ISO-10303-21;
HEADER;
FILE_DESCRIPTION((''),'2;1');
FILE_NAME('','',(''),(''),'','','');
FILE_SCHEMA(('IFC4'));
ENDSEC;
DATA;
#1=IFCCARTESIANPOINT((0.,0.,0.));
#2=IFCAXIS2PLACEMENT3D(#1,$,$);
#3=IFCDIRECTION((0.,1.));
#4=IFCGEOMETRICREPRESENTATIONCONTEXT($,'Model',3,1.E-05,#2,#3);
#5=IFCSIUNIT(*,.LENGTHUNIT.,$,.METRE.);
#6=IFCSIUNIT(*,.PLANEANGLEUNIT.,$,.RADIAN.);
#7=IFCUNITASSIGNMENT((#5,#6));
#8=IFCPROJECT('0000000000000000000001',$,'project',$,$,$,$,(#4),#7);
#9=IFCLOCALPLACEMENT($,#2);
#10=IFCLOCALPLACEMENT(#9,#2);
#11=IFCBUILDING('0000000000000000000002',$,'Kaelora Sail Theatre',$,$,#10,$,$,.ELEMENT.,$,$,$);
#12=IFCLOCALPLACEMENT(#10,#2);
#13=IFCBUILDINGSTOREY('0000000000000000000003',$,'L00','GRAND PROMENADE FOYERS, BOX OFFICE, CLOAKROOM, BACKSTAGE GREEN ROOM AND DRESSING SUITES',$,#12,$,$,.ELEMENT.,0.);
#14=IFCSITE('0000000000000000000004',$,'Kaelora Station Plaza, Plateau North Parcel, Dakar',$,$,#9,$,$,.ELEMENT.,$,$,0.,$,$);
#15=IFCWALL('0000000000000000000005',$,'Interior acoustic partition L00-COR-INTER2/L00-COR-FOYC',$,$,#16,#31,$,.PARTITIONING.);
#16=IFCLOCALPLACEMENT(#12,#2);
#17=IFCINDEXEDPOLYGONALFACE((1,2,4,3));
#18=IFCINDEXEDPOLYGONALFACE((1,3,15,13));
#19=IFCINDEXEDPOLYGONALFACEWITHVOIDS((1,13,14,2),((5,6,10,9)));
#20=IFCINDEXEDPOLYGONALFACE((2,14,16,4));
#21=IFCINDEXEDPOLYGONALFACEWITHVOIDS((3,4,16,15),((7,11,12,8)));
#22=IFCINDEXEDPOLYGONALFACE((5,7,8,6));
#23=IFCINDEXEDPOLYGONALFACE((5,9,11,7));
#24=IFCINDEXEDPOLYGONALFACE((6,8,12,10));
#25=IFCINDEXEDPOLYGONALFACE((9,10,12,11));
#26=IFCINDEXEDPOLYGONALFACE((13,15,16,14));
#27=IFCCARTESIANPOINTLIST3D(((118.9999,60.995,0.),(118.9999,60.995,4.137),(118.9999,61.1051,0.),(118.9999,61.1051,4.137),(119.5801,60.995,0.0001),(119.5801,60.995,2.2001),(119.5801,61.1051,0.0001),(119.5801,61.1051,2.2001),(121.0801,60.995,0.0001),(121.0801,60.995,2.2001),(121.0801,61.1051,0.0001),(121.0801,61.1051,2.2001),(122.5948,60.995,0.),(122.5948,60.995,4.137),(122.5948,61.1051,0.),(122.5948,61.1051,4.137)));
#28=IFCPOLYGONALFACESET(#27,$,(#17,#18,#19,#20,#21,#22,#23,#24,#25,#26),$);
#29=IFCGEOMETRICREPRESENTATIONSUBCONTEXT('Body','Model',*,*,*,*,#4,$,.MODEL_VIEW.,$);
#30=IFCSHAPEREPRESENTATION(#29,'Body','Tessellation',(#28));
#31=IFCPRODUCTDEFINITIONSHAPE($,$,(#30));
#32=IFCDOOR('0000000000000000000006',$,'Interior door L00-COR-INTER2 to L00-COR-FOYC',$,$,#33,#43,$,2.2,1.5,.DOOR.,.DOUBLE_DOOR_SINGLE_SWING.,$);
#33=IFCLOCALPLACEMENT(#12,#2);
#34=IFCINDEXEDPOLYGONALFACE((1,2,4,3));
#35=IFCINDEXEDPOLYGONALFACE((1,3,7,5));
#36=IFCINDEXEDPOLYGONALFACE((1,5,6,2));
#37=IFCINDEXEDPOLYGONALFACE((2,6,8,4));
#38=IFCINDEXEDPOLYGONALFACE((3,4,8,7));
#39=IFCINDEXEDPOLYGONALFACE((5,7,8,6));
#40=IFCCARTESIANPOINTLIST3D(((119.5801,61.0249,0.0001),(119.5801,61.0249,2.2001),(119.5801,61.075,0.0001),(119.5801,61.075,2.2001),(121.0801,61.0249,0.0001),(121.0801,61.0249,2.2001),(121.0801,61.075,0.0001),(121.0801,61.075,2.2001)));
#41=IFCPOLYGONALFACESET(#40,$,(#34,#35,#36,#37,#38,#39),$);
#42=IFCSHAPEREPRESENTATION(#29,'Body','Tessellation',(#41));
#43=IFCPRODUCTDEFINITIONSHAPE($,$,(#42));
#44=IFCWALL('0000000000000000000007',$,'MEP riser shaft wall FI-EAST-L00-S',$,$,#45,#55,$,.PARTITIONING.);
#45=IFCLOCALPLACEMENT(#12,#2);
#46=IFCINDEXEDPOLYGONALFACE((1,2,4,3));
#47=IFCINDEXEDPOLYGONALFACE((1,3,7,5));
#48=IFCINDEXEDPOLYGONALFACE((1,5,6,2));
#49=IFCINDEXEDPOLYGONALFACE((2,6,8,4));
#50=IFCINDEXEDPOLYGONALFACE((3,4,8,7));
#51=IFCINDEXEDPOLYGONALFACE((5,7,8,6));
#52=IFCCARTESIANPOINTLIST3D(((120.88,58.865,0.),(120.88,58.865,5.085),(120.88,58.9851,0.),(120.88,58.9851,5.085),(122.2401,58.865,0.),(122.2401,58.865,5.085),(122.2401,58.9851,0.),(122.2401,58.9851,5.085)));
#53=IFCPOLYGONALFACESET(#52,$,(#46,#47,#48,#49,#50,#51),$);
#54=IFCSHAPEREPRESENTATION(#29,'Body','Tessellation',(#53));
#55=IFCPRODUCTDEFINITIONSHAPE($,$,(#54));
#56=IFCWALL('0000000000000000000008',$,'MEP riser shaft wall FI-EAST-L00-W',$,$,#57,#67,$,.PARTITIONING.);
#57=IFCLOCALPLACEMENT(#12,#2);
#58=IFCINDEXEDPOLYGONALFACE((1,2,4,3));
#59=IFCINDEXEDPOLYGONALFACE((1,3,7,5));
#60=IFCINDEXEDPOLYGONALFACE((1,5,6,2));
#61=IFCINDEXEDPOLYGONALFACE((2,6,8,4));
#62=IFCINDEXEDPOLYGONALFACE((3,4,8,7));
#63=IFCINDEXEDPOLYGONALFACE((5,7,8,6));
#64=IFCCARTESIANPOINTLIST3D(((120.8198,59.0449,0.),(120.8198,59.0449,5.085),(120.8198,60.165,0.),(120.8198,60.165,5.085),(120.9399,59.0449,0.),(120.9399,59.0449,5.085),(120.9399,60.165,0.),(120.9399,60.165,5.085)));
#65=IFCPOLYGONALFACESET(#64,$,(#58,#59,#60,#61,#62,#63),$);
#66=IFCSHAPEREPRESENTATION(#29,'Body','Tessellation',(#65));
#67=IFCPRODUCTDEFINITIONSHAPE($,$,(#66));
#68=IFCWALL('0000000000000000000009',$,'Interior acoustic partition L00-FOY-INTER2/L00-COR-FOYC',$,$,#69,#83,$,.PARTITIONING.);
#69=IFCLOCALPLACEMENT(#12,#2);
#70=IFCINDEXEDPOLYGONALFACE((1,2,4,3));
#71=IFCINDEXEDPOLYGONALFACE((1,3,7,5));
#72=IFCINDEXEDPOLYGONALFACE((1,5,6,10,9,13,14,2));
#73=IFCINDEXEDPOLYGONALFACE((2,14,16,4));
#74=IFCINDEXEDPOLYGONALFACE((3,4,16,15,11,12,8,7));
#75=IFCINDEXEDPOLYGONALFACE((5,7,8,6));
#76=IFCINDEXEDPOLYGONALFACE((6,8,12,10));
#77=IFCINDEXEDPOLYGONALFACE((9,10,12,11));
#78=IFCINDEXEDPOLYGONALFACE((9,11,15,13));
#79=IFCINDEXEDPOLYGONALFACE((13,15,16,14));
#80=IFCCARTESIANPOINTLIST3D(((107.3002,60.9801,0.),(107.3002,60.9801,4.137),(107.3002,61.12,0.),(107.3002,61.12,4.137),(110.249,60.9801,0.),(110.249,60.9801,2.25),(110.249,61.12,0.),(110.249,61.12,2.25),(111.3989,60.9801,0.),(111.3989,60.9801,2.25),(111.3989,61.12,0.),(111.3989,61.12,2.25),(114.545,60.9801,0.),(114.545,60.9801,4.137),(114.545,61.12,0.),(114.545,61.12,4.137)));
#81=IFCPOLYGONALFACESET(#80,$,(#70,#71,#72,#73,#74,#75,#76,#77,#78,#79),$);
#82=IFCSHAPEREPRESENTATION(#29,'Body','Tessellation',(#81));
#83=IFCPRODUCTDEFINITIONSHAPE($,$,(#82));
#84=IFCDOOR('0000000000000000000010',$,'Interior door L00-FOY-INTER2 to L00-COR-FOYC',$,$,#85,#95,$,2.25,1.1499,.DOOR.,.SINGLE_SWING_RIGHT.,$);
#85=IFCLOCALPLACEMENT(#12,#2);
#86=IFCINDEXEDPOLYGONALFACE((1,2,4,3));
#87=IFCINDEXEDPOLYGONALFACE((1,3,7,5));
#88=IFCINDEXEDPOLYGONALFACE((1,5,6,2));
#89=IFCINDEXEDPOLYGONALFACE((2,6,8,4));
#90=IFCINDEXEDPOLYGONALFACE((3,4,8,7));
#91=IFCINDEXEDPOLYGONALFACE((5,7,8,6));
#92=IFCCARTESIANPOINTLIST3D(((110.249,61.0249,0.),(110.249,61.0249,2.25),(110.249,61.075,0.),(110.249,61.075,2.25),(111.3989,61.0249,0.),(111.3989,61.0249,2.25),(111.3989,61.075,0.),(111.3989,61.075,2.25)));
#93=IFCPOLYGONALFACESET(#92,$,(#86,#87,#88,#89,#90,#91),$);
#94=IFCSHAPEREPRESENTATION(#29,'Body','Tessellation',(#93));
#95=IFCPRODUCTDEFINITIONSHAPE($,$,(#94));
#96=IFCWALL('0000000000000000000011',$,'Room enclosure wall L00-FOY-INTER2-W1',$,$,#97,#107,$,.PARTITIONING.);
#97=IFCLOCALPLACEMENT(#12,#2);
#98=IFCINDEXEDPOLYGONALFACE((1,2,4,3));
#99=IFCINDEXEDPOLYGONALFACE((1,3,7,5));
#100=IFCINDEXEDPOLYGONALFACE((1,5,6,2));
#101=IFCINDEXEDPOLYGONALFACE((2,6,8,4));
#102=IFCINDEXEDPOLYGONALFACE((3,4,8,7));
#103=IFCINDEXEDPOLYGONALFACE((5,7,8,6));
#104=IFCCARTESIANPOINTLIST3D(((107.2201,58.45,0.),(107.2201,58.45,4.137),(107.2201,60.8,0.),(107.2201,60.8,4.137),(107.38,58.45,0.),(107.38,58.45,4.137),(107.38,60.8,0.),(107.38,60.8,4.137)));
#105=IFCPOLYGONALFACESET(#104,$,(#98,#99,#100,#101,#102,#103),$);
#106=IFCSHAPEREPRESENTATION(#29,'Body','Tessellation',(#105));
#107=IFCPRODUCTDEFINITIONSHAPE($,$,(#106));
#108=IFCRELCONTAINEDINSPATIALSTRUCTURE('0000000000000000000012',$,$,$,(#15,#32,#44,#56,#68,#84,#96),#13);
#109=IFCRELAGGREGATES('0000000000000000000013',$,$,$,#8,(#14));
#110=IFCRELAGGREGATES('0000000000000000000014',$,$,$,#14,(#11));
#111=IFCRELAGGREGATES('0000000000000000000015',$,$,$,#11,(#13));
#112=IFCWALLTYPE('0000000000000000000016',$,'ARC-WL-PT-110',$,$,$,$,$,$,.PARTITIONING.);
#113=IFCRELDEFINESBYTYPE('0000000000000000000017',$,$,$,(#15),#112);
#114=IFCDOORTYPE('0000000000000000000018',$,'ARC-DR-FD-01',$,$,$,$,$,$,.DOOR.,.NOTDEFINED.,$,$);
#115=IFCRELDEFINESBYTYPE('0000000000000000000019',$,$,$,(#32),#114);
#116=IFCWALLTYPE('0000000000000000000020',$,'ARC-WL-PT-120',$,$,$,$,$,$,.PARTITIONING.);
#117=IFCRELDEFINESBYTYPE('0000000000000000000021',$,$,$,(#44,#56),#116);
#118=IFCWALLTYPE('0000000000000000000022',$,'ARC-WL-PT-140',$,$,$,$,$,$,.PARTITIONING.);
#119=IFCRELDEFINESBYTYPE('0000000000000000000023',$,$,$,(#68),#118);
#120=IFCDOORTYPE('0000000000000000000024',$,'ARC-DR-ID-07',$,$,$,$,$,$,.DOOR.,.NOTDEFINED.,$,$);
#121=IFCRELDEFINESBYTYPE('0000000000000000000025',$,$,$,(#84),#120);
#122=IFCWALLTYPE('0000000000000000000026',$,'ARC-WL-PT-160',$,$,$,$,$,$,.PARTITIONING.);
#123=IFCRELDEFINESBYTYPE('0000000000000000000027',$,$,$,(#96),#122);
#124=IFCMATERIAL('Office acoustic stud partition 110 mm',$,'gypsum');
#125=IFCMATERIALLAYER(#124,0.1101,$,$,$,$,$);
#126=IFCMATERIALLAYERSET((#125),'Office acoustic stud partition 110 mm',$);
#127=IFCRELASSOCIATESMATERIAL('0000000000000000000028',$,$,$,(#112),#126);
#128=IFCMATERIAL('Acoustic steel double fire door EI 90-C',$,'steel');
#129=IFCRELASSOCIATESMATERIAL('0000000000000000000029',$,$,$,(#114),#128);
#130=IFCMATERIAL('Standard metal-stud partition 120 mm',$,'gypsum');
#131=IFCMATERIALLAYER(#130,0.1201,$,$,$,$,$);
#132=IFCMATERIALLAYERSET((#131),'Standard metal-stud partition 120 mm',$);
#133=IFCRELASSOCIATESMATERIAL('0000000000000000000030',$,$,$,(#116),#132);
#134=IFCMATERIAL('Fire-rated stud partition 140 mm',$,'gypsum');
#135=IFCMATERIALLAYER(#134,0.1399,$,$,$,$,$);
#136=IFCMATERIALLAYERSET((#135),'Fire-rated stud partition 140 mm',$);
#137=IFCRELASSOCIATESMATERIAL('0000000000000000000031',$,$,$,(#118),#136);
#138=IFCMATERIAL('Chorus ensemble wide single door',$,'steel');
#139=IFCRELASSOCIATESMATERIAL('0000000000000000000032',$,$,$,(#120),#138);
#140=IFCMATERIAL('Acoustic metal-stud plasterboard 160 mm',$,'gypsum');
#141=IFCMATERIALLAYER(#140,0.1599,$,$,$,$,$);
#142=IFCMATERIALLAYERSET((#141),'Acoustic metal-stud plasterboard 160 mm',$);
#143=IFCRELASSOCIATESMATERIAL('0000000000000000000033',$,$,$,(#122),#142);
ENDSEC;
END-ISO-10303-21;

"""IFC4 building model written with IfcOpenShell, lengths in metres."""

from ifc_helpers import new_model, si_unit, direction, frame, frame_2d, origin, place, context, subcontext, project, spatial, rectangle, extrude, material, layer, layer_set, type_object, element, fill, save


model = new_model("IFC4")

# Units and contexts
model_context = context("Model", 3, precision=1e-05, world=origin(), true_north=direction((0.0, 1.0)))
body_context = subcontext(model_context, "Body", "Model", "MODEL_VIEW")
ifc_project = project(units=[si_unit("LENGTHUNIT", "METRE"), si_unit("PLANEANGLEUNIT", "RADIAN")], contexts=[model_context])

# Site, building, storey
site_placement = place(None, origin())
site = spatial("IfcSite", under=ifc_project, at=site_placement, Name="Kaelora Station Plaza, Plateau North Parcel, Dakar", CompositionType="ELEMENT", RefElevation=0.0)
building_placement = place(site_placement, origin())
building = spatial("IfcBuilding", under=site, at=building_placement, Name="Kaelora Sail Theatre", CompositionType="ELEMENT")
storey_placement = place(building_placement, origin())
storey = spatial("IfcBuildingStorey", under=building, at=storey_placement, Name="L00", Description="GRAND PROMENADE FOYERS, BOX OFFICE, CLOAKROOM, BACKSTAGE GREEN ROOM AND DRESSING SUITES", CompositionType="ELEMENT", Elevation=0.0)

# Wall, opening, door
ifc_material_1 = material(Name="Office acoustic stud partition 110 mm", Category="gypsum")
ifc_layer_1 = layer(ifc_material_1, 0.1101)
ifc_layer_set_1 = layer_set([ifc_layer_1], Name="Office acoustic stud partition 110 mm")
wall_type_1 = type_object("IfcWallType", Name="ARC-WL-PT-110", PredefinedType="PARTITIONING", material=ifc_layer_set_1)
wall_1_placement = place(storey_placement, frame((119.0, 61.05, 0.0), z_axis=(0.0, 0.0, 1.0), x_axis=(1.0, 0.0, 0.0)))
wall_1 = element("IfcWall", 1, at=wall_1_placement, inside=storey, type_object=wall_type_1, Name="Interior acoustic partition L00-COR-INTER2/L00-COR-FOYC", PredefinedType="PARTITIONING", context=body_context, shape_type="SweptSolid", body=[
    extrude(rectangle(XDim=3.595, YDim=0.1101, at=frame_2d((1.7974, 0.0))), origin(), (0.0, 0.0, 1.0), 4.137),
])
opening_1_placement = place(wall_1_placement, frame((0.5801, 0.0, 0.0)))
opening_1 = element("IfcOpeningElement", 2, at=opening_1_placement, cuts=wall_1, PredefinedType="OPENING", context=body_context, shape_type="SweptSolid", body=[
    extrude(rectangle(XDim=1.5, YDim=2.2, at=frame_2d((0.75, 1.1001))), frame((0.0, 0.0652, 0.0), z_axis=(0.0, -1.0, 0.0), x_axis=(1.0, 0.0, 0.0)), (0.0, 0.0, 1.0), 0.1301),
])
ifc_material_2 = material(Name="Acoustic steel double fire door EI 90-C", Category="steel")
door_type_1 = type_object("IfcDoorType", Name="ARC-DR-FD-01", OperationType="NOTDEFINED", PredefinedType="DOOR", material=ifc_material_2)
door_1_placement = place(opening_1_placement, origin())
door_1 = element("IfcDoor", 3, at=door_1_placement, inside=storey, type_object=door_type_1, Name="Interior door L00-COR-INTER2 to L00-COR-FOYC", OperationType="DOUBLE_DOOR_SINGLE_SWING", OverallHeight=2.2, OverallWidth=1.5, PredefinedType="DOOR", context=body_context, shape_type="SweptSolid", body=[
    extrude(rectangle(XDim=1.5, YDim=2.2, at=frame_2d((0.75, 1.1001))), frame((0.0, 0.0249, 0.0), z_axis=(0.0, -1.0, 0.0), x_axis=(1.0, 0.0, 0.0)), (0.0, 0.0, 1.0), 0.05),
])
fill(opening_1, door_1)

# Walls
ifc_material_3 = material(Name="Standard metal-stud partition 120 mm", Category="gypsum")
ifc_layer_2 = layer(ifc_material_3, 0.1201)
ifc_layer_set_2 = layer_set([ifc_layer_2], Name="Standard metal-stud partition 120 mm")
wall_type_2 = type_object("IfcWallType", Name="ARC-WL-PT-120", PredefinedType="PARTITIONING", material=ifc_layer_set_2)
wall_2_placement = place(storey_placement, frame((120.8799, 58.925, 0.0), z_axis=(0.0, 0.0, 1.0), x_axis=(1.0, 0.0, 0.0)))
element("IfcWall", 4, at=wall_2_placement, inside=storey, type_object=wall_type_2, Name="MEP riser shaft wall FI-EAST-L00-S", PredefinedType="PARTITIONING", context=body_context, shape_type="SweptSolid", body=[
    extrude(rectangle(XDim=1.3601, YDim=0.1201, at=frame_2d((0.6802, 0.0))), origin(), (0.0, 0.0, 1.0), 5.085),
])
wall_3_placement = place(storey_placement, frame((120.8799, 59.0449, 0.0), z_axis=(0.0, 0.0, 1.0), x_axis=(0.0, 1.0, 0.0)))
element("IfcWall", 5, at=wall_3_placement, inside=storey, type_object=wall_type_2, Name="MEP riser shaft wall FI-EAST-L00-W", PredefinedType="PARTITIONING", context=body_context, shape_type="SweptSolid", body=[
    extrude(rectangle(XDim=1.1201, YDim=0.1201, at=frame_2d((0.5601, 0.0))), origin(), (0.0, 0.0, 1.0), 5.085),
])

# Wall, opening, door
ifc_material_4 = material(Name="Fire-rated stud partition 140 mm", Category="gypsum")
ifc_layer_3 = layer(ifc_material_4, 0.1399)
ifc_layer_set_3 = layer_set([ifc_layer_3], Name="Fire-rated stud partition 140 mm")
wall_type_3 = type_object("IfcWallType", Name="ARC-WL-PT-140", PredefinedType="PARTITIONING", material=ifc_layer_set_3)
wall_4_placement = place(storey_placement, frame((107.3, 61.05, 0.0), z_axis=(0.0, 0.0, 1.0), x_axis=(1.0, 0.0, 0.0)))
wall_4 = element("IfcWall", 6, at=wall_4_placement, inside=storey, type_object=wall_type_3, Name="Interior acoustic partition L00-FOY-INTER2/L00-COR-FOYC", PredefinedType="PARTITIONING", context=body_context, shape_type="SweptSolid", body=[
    extrude(rectangle(XDim=7.2449, YDim=0.1399, at=frame_2d((3.6226, 0.0))), origin(), (0.0, 0.0, 1.0), 4.137),
])
opening_2_placement = place(wall_4_placement, frame((2.949, 0.0, 0.0)))
opening_2 = element("IfcOpeningElement", 7, at=opening_2_placement, cuts=wall_4, PredefinedType="OPENING", context=body_context, shape_type="SweptSolid", body=[
    extrude(rectangle(XDim=1.1499, YDim=2.25, at=frame_2d((0.575, 1.125))), frame((0.0, 0.0798, 0.0), z_axis=(0.0, -1.0, 0.0), x_axis=(1.0, 0.0, 0.0)), (0.0, 0.0, 1.0), 0.1599),
])
ifc_material_5 = material(Name="Chorus ensemble wide single door", Category="steel")
door_type_2 = type_object("IfcDoorType", Name="ARC-DR-ID-07", OperationType="NOTDEFINED", PredefinedType="DOOR", material=ifc_material_5)
door_2_placement = place(opening_2_placement, origin())
door_2 = element("IfcDoor", 8, at=door_2_placement, inside=storey, type_object=door_type_2, Name="Interior door L00-FOY-INTER2 to L00-COR-FOYC", OperationType="SINGLE_SWING_RIGHT", OverallHeight=2.25, OverallWidth=1.1499, PredefinedType="DOOR", context=body_context, shape_type="SweptSolid", body=[
    extrude(rectangle(XDim=1.1499, YDim=2.25, at=frame_2d((0.575, 1.125))), frame((0.0, 0.0249, 0.0), z_axis=(0.0, -1.0, 0.0), x_axis=(1.0, 0.0, 0.0)), (0.0, 0.0, 1.0), 0.05),
])
fill(opening_2, door_2)

# Wall
ifc_material_6 = material(Name="Acoustic metal-stud plasterboard 160 mm", Category="gypsum")
ifc_layer_4 = layer(ifc_material_6, 0.1599)
ifc_layer_set_4 = layer_set([ifc_layer_4], Name="Acoustic metal-stud plasterboard 160 mm")
wall_type_4 = type_object("IfcWallType", Name="ARC-WL-PT-160", PredefinedType="PARTITIONING", material=ifc_layer_set_4)
wall_5_placement = place(storey_placement, frame((107.3, 58.45, 0.0), z_axis=(0.0, 0.0, 1.0), x_axis=(0.0, 1.0, 0.0)))
element("IfcWall", 9, at=wall_5_placement, inside=storey, type_object=wall_type_4, Name="Room enclosure wall L00-FOY-INTER2-W1", PredefinedType="PARTITIONING", context=body_context, shape_type="SweptSolid", body=[
    extrude(rectangle(XDim=2.3501, YDim=0.1599, at=frame_2d((1.175, 0.0))), origin(), (0.0, 0.0, 1.0), 4.137),
])

save(model, "model.ifc")
